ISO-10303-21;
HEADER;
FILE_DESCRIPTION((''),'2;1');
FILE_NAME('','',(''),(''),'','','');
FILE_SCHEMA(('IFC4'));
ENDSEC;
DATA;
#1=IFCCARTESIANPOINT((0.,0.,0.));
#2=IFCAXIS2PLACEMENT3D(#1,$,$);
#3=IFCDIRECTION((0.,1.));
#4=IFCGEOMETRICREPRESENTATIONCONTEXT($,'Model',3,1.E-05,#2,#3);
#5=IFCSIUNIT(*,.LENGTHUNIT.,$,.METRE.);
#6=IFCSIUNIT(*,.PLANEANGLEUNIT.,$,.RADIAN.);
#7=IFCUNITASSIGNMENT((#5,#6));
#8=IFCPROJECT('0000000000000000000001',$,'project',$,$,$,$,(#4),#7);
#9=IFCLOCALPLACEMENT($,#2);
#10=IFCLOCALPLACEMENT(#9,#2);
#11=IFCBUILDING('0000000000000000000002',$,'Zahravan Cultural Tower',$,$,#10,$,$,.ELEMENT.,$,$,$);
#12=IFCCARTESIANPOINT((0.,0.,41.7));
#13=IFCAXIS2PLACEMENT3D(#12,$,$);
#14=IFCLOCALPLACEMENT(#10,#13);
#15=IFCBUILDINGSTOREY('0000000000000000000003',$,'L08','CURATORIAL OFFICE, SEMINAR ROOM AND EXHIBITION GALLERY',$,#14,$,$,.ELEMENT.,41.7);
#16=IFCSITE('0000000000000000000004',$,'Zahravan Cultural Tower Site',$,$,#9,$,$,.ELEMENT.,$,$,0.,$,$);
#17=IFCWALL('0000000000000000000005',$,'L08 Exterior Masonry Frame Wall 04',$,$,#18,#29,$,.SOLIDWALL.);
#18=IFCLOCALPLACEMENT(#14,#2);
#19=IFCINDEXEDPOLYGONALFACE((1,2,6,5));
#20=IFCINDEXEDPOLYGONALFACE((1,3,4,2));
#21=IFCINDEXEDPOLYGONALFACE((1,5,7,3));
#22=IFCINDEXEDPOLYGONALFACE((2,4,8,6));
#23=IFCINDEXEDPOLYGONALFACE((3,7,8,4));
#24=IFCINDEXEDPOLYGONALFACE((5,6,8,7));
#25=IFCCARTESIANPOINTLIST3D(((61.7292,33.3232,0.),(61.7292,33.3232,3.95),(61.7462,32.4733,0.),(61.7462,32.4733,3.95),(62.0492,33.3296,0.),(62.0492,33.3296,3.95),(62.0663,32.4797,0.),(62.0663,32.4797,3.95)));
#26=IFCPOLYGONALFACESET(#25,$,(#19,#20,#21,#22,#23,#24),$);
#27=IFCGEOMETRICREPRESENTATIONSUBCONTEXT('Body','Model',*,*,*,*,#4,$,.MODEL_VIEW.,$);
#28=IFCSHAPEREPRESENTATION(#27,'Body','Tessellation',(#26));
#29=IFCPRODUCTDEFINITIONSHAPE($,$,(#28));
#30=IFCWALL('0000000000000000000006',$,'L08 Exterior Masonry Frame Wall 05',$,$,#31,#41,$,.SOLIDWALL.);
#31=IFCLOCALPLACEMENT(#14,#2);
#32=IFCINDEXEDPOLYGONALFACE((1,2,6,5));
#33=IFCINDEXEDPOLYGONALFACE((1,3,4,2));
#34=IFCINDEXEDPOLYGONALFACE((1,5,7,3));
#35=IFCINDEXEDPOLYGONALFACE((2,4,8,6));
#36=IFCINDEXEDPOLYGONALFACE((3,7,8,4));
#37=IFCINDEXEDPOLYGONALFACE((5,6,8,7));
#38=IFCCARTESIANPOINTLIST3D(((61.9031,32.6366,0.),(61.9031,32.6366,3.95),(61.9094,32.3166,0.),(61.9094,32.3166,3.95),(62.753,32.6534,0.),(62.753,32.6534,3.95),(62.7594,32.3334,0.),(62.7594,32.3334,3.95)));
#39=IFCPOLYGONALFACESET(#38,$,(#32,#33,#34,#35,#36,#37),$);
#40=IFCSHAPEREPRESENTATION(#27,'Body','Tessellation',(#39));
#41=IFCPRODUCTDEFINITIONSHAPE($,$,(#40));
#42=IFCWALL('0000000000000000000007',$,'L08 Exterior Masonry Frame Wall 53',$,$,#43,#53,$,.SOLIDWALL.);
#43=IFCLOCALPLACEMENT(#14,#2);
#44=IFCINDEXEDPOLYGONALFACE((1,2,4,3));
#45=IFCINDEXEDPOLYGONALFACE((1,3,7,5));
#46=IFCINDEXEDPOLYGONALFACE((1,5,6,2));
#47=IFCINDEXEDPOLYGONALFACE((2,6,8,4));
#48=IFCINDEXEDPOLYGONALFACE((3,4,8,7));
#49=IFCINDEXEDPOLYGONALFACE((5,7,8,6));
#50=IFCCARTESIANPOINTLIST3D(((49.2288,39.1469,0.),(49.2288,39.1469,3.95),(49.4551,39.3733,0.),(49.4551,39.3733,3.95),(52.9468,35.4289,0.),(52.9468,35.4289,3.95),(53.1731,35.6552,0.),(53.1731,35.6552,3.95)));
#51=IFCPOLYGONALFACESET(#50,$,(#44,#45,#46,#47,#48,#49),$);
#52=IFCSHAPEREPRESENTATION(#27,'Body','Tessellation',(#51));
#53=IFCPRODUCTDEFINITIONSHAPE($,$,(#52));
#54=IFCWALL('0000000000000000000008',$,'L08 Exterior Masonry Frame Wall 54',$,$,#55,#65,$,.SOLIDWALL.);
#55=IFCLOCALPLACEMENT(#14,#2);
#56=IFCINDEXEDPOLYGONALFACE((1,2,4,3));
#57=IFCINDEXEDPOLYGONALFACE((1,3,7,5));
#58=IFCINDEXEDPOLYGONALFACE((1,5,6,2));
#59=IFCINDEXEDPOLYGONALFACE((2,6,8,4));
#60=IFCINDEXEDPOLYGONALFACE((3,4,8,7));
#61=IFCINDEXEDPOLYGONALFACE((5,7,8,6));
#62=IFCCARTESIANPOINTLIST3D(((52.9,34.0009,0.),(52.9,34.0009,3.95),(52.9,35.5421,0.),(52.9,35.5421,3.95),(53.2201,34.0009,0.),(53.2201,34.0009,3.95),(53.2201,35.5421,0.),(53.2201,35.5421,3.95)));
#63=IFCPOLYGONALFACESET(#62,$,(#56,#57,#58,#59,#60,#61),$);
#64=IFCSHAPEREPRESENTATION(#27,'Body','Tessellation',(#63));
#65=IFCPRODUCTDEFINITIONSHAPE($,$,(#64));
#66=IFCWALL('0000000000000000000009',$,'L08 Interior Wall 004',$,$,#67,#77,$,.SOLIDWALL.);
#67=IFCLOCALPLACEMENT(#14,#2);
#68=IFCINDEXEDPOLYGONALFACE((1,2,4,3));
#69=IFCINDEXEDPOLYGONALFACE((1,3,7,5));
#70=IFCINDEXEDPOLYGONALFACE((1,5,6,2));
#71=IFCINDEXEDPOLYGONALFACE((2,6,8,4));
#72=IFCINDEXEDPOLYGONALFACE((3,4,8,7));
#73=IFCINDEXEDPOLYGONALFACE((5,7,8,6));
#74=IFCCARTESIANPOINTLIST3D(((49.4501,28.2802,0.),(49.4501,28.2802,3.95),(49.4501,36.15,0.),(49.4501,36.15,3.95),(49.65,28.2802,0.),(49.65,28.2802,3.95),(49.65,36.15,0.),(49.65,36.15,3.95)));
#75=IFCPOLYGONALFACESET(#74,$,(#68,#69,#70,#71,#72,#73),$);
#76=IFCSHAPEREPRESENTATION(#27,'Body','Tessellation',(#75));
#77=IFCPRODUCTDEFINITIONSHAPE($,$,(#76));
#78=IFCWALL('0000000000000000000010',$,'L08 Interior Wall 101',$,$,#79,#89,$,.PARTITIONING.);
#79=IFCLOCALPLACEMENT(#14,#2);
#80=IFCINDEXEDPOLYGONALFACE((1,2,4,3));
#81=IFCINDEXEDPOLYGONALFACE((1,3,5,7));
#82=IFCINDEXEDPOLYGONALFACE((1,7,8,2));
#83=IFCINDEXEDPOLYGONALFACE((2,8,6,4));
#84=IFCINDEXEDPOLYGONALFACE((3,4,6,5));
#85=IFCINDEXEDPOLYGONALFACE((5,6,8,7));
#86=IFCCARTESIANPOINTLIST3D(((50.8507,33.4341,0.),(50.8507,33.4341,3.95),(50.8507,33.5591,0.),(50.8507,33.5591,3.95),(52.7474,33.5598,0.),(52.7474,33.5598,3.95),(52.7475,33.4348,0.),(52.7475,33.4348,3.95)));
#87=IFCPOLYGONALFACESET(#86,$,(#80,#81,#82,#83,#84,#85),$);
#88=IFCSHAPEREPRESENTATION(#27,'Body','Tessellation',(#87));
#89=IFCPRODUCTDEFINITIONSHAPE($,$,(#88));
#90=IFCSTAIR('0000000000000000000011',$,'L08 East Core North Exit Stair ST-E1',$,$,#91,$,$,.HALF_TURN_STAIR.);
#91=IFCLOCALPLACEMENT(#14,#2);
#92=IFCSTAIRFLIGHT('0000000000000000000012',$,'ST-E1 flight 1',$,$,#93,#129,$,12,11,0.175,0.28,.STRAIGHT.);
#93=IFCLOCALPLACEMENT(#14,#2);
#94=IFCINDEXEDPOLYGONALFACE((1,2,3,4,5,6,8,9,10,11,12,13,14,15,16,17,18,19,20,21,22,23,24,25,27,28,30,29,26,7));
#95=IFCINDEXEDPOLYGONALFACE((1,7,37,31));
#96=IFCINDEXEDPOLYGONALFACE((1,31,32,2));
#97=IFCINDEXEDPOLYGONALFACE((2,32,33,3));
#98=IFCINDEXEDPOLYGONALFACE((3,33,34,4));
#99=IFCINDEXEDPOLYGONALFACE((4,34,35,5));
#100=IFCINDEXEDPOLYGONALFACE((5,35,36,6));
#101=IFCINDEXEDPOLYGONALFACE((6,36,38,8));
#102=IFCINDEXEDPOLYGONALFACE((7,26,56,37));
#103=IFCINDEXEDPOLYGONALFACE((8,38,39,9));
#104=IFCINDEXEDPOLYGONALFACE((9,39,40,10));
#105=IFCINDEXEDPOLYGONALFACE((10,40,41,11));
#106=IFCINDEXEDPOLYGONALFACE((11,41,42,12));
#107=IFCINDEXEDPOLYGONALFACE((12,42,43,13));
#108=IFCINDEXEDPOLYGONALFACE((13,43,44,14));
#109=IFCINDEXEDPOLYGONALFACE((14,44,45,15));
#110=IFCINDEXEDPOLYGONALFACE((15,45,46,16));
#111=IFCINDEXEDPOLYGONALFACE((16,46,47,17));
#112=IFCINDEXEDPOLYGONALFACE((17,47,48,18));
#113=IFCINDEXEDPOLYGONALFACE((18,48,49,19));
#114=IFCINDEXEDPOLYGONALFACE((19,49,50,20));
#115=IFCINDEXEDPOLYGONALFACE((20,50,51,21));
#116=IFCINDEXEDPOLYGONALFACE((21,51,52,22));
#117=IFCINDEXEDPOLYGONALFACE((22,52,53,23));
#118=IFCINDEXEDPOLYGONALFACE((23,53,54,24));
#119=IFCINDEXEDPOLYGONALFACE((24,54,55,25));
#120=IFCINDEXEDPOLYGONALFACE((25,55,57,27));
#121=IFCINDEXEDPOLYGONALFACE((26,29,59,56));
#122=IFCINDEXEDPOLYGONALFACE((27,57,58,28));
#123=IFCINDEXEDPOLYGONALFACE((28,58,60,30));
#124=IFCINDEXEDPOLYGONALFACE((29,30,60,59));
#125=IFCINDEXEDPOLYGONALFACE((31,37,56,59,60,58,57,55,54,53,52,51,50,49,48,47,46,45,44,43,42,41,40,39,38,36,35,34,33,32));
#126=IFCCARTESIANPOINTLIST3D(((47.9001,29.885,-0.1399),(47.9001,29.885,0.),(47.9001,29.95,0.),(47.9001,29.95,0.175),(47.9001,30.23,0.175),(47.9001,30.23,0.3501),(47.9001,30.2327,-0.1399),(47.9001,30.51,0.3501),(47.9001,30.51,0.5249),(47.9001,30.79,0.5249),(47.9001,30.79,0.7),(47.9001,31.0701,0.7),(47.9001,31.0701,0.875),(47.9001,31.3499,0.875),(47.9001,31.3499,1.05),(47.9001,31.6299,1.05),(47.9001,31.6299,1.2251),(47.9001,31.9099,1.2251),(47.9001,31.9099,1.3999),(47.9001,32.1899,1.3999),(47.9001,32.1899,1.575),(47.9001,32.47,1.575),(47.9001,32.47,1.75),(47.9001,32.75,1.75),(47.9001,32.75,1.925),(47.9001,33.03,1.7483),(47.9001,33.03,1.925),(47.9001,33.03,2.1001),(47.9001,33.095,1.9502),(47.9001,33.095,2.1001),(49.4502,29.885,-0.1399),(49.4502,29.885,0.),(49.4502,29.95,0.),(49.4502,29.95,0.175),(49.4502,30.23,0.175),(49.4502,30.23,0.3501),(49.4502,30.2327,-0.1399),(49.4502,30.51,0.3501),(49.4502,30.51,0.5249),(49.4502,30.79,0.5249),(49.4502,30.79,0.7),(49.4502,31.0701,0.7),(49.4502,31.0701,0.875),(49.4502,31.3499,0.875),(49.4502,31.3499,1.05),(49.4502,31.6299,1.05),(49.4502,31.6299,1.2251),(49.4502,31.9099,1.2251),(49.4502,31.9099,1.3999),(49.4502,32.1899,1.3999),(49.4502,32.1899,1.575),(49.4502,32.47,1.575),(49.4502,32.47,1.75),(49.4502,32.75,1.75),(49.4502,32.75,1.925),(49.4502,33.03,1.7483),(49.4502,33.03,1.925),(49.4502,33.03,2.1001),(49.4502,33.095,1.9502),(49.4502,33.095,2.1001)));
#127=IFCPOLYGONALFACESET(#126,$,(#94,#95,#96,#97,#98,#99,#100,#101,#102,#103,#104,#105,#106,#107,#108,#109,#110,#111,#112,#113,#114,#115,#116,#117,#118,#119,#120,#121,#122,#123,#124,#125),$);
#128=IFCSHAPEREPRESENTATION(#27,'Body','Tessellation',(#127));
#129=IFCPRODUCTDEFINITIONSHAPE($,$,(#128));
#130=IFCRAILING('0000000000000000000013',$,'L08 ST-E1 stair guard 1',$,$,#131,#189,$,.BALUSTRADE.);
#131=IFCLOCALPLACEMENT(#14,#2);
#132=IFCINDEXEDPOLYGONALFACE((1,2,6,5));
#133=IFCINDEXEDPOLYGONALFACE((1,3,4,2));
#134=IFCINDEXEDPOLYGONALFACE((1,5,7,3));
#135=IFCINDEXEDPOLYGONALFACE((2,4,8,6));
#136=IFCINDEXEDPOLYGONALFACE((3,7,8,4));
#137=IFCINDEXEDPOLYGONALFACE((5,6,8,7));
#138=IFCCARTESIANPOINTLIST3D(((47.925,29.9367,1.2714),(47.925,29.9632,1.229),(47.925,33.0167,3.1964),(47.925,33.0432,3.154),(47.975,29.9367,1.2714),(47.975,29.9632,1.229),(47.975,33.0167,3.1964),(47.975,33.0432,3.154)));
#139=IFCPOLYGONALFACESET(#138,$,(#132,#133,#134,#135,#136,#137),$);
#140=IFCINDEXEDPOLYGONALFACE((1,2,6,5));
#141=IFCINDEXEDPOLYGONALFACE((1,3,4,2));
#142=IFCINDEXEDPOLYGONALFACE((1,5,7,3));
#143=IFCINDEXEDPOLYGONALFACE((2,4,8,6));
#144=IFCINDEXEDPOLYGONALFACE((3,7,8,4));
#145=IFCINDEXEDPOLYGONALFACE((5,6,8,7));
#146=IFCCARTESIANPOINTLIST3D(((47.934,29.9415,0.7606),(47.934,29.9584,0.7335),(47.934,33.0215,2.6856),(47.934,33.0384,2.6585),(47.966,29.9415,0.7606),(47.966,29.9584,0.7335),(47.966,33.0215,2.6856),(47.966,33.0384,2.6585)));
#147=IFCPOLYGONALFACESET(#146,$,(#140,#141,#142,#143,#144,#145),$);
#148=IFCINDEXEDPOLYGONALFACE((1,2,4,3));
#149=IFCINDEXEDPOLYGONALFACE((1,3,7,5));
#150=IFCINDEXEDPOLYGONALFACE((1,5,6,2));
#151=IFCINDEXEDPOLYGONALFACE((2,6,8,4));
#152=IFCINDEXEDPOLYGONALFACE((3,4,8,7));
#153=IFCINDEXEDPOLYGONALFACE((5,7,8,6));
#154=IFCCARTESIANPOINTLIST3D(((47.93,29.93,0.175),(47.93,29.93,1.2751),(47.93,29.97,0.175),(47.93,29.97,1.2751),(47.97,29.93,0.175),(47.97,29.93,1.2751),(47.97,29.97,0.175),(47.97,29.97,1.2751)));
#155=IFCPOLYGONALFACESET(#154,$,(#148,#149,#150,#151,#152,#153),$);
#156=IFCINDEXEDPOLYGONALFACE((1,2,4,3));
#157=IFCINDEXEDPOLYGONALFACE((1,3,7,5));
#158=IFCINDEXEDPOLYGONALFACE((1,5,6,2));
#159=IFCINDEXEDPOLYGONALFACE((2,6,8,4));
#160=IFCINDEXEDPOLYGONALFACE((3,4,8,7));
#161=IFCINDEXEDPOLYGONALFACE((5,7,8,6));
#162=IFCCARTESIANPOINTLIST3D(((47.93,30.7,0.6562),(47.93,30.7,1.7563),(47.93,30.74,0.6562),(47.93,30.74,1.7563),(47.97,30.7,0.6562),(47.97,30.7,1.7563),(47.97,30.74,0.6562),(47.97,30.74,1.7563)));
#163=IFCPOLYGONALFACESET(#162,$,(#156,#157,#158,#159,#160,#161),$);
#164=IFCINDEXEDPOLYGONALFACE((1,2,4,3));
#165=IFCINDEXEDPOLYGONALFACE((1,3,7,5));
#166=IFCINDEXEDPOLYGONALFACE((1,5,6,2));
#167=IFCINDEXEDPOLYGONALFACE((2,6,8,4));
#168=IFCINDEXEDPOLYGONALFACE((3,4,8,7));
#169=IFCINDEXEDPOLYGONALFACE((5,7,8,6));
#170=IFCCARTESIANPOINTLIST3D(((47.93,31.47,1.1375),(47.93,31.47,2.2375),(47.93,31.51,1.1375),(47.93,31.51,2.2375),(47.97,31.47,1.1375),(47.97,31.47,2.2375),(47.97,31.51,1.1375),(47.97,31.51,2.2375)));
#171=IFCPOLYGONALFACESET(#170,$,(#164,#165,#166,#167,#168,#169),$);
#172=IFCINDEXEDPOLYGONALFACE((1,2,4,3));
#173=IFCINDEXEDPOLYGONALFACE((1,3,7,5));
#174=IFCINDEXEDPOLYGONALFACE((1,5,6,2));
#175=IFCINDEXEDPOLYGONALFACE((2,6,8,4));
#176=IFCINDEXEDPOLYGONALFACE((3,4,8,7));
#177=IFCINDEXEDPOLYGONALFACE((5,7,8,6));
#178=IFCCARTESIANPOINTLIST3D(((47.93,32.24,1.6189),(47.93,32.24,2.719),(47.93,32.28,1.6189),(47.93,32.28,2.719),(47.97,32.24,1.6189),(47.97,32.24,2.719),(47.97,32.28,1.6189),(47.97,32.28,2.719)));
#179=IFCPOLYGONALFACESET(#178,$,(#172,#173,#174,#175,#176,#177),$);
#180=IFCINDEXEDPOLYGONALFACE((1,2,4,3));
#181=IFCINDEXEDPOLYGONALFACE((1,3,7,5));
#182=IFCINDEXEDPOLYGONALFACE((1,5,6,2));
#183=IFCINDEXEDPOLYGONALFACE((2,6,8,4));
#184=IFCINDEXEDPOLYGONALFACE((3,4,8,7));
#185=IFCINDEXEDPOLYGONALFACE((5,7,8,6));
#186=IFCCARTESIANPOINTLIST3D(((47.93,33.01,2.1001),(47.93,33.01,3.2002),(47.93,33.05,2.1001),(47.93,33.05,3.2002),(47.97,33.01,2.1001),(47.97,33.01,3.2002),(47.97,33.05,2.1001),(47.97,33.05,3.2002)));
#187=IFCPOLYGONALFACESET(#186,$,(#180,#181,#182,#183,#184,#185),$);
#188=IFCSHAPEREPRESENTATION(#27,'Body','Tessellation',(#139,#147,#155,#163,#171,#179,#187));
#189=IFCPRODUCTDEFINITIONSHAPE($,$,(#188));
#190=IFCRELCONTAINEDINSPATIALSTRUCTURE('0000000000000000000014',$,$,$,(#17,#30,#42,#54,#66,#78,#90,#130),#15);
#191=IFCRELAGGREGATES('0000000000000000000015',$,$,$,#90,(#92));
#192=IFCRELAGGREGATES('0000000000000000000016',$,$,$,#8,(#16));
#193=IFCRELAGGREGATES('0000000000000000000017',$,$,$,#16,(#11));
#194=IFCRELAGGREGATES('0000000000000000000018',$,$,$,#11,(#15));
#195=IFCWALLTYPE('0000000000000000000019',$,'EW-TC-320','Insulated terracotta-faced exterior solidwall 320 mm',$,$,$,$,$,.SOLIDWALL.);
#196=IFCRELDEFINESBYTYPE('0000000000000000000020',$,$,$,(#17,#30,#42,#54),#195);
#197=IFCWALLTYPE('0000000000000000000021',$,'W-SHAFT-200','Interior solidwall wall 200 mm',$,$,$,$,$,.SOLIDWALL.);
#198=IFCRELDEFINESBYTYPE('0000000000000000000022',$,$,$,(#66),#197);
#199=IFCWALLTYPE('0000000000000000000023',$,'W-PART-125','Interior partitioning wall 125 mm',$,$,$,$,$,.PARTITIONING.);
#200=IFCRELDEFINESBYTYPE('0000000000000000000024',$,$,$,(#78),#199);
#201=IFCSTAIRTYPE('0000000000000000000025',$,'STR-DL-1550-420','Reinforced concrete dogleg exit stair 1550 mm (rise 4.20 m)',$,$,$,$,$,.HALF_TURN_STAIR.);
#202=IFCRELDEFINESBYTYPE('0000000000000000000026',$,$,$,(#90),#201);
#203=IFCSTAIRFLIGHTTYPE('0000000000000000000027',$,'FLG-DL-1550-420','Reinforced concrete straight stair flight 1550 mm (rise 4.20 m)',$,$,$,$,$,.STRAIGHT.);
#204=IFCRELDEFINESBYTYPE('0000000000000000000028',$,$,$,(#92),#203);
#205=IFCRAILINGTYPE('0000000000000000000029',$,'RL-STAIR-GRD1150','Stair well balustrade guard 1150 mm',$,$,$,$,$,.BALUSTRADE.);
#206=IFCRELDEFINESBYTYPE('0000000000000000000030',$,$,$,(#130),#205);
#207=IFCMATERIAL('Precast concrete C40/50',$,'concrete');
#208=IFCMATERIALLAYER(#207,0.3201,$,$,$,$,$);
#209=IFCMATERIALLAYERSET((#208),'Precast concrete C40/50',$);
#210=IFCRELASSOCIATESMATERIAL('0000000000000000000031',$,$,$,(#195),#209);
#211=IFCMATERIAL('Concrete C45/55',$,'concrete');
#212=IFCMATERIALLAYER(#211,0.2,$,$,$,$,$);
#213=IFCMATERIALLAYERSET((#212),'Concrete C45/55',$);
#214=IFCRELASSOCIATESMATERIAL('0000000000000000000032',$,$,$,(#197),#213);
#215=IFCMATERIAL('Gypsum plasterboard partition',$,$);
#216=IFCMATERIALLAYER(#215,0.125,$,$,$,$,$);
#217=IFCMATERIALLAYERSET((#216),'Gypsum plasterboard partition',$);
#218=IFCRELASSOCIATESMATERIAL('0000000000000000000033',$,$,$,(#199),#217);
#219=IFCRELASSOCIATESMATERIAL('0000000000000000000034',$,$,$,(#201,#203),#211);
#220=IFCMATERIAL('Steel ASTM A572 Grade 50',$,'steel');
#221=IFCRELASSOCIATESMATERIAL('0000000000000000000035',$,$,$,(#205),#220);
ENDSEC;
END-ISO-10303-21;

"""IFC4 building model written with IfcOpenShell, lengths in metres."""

from ifc_helpers import new_model, si_unit, direction, frame, frame_2d, origin, origin_2d, place, context, subcontext, project, spatial, polyline, rectangle, outline, extrude, source, transform, mapped, material, layer, layer_set, type_object, element, aggregate, save


model = new_model("IFC4")

# Units and contexts
model_context = context("Model", 3, precision=1e-05, world=origin(), true_north=direction((0.0, 1.0)))
body_context = subcontext(model_context, "Body", "Model", "MODEL_VIEW")
ifc_project = project(units=[si_unit("LENGTHUNIT", "METRE"), si_unit("PLANEANGLEUNIT", "RADIAN")], contexts=[model_context])

# Site, building, storey
site_placement = place(None, origin())
site = spatial("IfcSite", under=ifc_project, at=site_placement, Name="Zahravan Cultural Tower Site", CompositionType="ELEMENT", RefElevation=0.0)
building_placement = place(site_placement, origin())
building = spatial("IfcBuilding", under=site, at=building_placement, Name="Zahravan Cultural Tower", CompositionType="ELEMENT")
storey_placement = place(building_placement, frame((0.0, 0.0, 41.7)))
storey = spatial("IfcBuildingStorey", under=building, at=storey_placement, Name="L08", Description="CURATORIAL OFFICE, SEMINAR ROOM AND EXHIBITION GALLERY", CompositionType="ELEMENT", Elevation=41.7)

# Shared definitions
ifc_material_1 = material(Name="Steel ASTM A572 Grade 50", Category="steel")

# Shared definitions
ifc_material_2 = material(Name="Precast concrete C40/50", Category="concrete")
ifc_layer_1 = layer(ifc_material_2, 0.3201)
ifc_layer_set_1 = layer_set([ifc_layer_1], Name="Precast concrete C40/50")
wall_type_1 = type_object("IfcWallType", Name="EW-TC-320", Description="Insulated terracotta-faced exterior solidwall 320 mm", PredefinedType="SOLIDWALL", material=ifc_layer_set_1)

# Walls
shared_shape_1 = source(origin(), body_context, "Body", "SweptSolid", [
    extrude(rectangle(XDim=0.8501, YDim=0.3201, at=frame_2d((0.425, 0.0))), origin(), (0.0, 0.0, 1.0), 3.95),
])
for number, where, z_axis, x_axis, name in (
    (1, (61.8892, 33.3264, 0.0), (0.0, 0.0, 1.0), (0.020105, -0.999798, 0.0), "L08 Exterior Masonry Frame Wall 04"),
    (2, (61.9062, 32.4766, 0.0), (0.0, 0.0, 1.0), (0.999804, 0.019818, 0.0), "L08 Exterior Masonry Frame Wall 05"),
):
    element("IfcWall", number, at=place(storey_placement, frame(where, z_axis=z_axis, x_axis=x_axis)), inside=storey, type_object=wall_type_1, Name=name, PredefinedType="SOLIDWALL", context=body_context, shape_type="MappedRepresentation", body=[
        mapped(shared_shape_1, transform((0.0, 0.0, 0.0), x_axis=(1.0, 0.0, 0.0), y_axis=(0.0, 1.0, 0.0), z_axis=(0.0, 0.0, 1.0), scale=1.0)),
    ])
shared_shape_2 = source(origin(), body_context, "Body", "SweptSolid", [
    extrude(rectangle(XDim=5.2581, YDim=0.3201, at=frame_2d((2.6289, 0.0))), origin(), (0.0, 0.0, 1.0), 3.95),
])
wall_1_placement = place(storey_placement, frame((49.342, 39.26, 0.0), z_axis=(0.0, 0.0, 1.0), x_axis=(0.707107, -0.707107, 0.0)))
element("IfcWall", 3, at=wall_1_placement, inside=storey, type_object=wall_type_1, Name="L08 Exterior Masonry Frame Wall 53", PredefinedType="SOLIDWALL", context=body_context, shape_type="MappedRepresentation", body=[
    mapped(shared_shape_2, transform((0.0, 0.0, 0.0), x_axis=(1.0, 0.0, 0.0), y_axis=(0.0, 1.0, 0.0), z_axis=(0.0, 0.0, 1.0), scale=1.0)),
])
shared_shape_3 = source(origin(), body_context, "Body", "SweptSolid", [
    extrude(rectangle(XDim=1.5413, YDim=0.3201, at=frame_2d((0.7705, 0.0))), origin(), (0.0, 0.0, 1.0), 3.95),
])
wall_2_placement = place(storey_placement, frame((53.0601, 35.542, 0.0), z_axis=(0.0, 0.0, 1.0), x_axis=(0.0, -1.0, 0.0)))
element("IfcWall", 4, at=wall_2_placement, inside=storey, type_object=wall_type_1, Name="L08 Exterior Masonry Frame Wall 54", PredefinedType="SOLIDWALL", context=body_context, shape_type="MappedRepresentation", body=[
    mapped(shared_shape_3, transform((0.0, 0.0, 0.0), x_axis=(1.0, 0.0, 0.0), y_axis=(0.0, 1.0, 0.0), z_axis=(0.0, 0.0, 1.0), scale=1.0)),
])
ifc_material_3 = material(Name="Concrete C45/55", Category="concrete")
ifc_layer_2 = layer(ifc_material_3, 0.2)
ifc_layer_set_2 = layer_set([ifc_layer_2], Name="Concrete C45/55")
wall_type_2 = type_object("IfcWallType", Name="W-SHAFT-200", Description="Interior solidwall wall 200 mm", PredefinedType="SOLIDWALL", material=ifc_layer_set_2)
shared_shape_4 = source(origin(), body_context, "Body", "SweptSolid", [
    extrude(rectangle(XDim=7.8699, YDim=0.2, at=frame_2d((3.9351, 0.0))), origin(), (0.0, 0.0, 1.0), 3.95),
])
wall_3_placement = place(storey_placement, frame((49.55, 28.28, 0.0), z_axis=(0.0, 0.0, 1.0), x_axis=(0.0, 1.0, 0.0)))
element("IfcWall", 5, at=wall_3_placement, inside=storey, type_object=wall_type_2, Name="L08 Interior Wall 004", PredefinedType="SOLIDWALL", context=body_context, shape_type="MappedRepresentation", body=[
    mapped(shared_shape_4, transform((0.0, 0.0, 0.0), x_axis=(1.0, 0.0, 0.0), y_axis=(0.0, 1.0, 0.0), z_axis=(0.0, 0.0, 1.0), scale=1.0)),
])
ifc_material_4 = material(Name="Gypsum plasterboard partition")
ifc_layer_3 = layer(ifc_material_4, 0.125)
ifc_layer_set_3 = layer_set([ifc_layer_3], Name="Gypsum plasterboard partition")
wall_type_3 = type_object("IfcWallType", Name="W-PART-125", Description="Interior partitioning wall 125 mm", PredefinedType="PARTITIONING", material=ifc_layer_set_3)
shared_shape_5 = source(origin(), body_context, "Body", "SweptSolid", [
    extrude(rectangle(XDim=1.8967, YDim=0.125, at=frame_2d((0.9482, 0.0))), origin(), (0.0, 0.0, 1.0), 3.95),
])
wall_4_placement = place(storey_placement, frame((52.7473, 33.4973, 0.0), z_axis=(0.0, 0.0, 1.0), x_axis=(-1.0, -0.000386, 0.0)))
element("IfcWall", 6, at=wall_4_placement, inside=storey, type_object=wall_type_3, Name="L08 Interior Wall 101", PredefinedType="PARTITIONING", context=body_context, shape_type="MappedRepresentation", body=[
    mapped(shared_shape_5, transform((0.0, 0.0, 0.0), x_axis=(1.0, 0.0, 0.0), y_axis=(0.0, 1.0, 0.0), z_axis=(0.0, 0.0, 1.0), scale=1.0)),
])

# Stair, stair flight
stair_type = type_object("IfcStairType", Name="STR-DL-1550-420", Description="Reinforced concrete dogleg exit stair 1550 mm (rise 4.20 m)", PredefinedType="HALF_TURN_STAIR", material=ifc_material_3)
stair_placement = place(storey_placement, origin())
stair = element("IfcStair", 7, at=stair_placement, inside=storey, type_object=stair_type, Name="L08 East Core North Exit Stair ST-E1", PredefinedType="HALF_TURN_STAIR")
stair_flight_type = type_object("IfcStairFlightType", Name="FLG-DL-1550-420", Description="Reinforced concrete straight stair flight 1550 mm (rise 4.20 m)", PredefinedType="STRAIGHT", material=ifc_material_3)
stair_flight_placement = place(storey_placement, frame((48.675, 29.95, 0.0), z_axis=(0.0, 0.0, 1.0), x_axis=(0.0, 1.0, 0.0)))
stair_flight = element("IfcStairFlight", 8, at=stair_flight_placement, type_object=stair_flight_type, Name="ST-E1 flight 1", NumberOfRisers=12, NumberOfTreads=11, PredefinedType="STRAIGHT", RiserHeight=0.175, TreadLength=0.28, context=body_context, shape_type="SweptSolid", body=[
    extrude(outline(polyline([(-0.0649, -0.1399), (-0.0649, 0.0), (0.0, 0.0), (0.0, 0.175), (0.28, 0.175), (0.28, 0.3501), (0.5601, 0.3501), (0.5601, 0.5249), (0.8401, 0.5249), (0.8401, 0.7), (1.1201, 0.7), (1.1201, 0.875), (1.3999, 0.875), (1.3999, 1.05), (1.6799, 1.05), (1.6799, 1.2251), (1.96, 1.2251), (1.96, 1.3999), (2.24, 1.3999), (2.24, 1.575), (2.52, 1.575), (2.52, 1.75), (2.8, 1.75), (2.8, 1.925), (3.0801, 1.925), (3.0801, 2.1001), (3.145, 2.1001), (3.145, 1.9502), (3.0801, 1.7483), (0.2827, -0.1399), (-0.0649, -0.1399)])), frame((0.0, 0.7749, 0.0), z_axis=(0.0, -1.0, 0.0), x_axis=(1.0, 0.0, 0.0)), (0.0, 0.0, 1.0), 1.55),
])
aggregate(stair, [stair_flight])

# Railing
railing_type_1 = type_object("IfcRailingType", Name="RL-STAIR-GRD1150", Description="Stair well balustrade guard 1150 mm", PredefinedType="BALUSTRADE", material=ifc_material_1)
railing_1_placement = place(storey_placement, frame((47.95, 29.95, 0.175)))
element("IfcRailing", 9, at=railing_1_placement, inside=storey, type_object=railing_type_1, Name="L08 ST-E1 stair guard 1", PredefinedType="BALUSTRADE", context=body_context, shape_type="SweptSolid", body=[
    extrude(rectangle(XDim=0.05, YDim=0.05, at=origin_2d()), frame((0.0, 0.0, 1.0752), z_axis=(0.0, 0.847998, 0.529999), x_axis=(-1.0, 0.0, 0.0)), (0.0, 0.0, 1.0), 3.6321),
    extrude(rectangle(XDim=0.032, YDim=0.032, at=origin_2d()), frame((0.0, 0.0, 0.572), z_axis=(0.0, 0.847998, 0.529999), x_axis=(-1.0, 0.0, 0.0)), (0.0, 0.0, 1.0), 3.6321),
    extrude(rectangle(XDim=0.04, YDim=0.04, at=origin_2d()), origin(), (0.0, 0.0, 1.0), 1.1001),
    extrude(rectangle(XDim=0.04, YDim=0.04, at=origin_2d()), frame((0.0, 0.77, 0.4812)), (0.0, 0.0, 1.0), 1.1001),
    extrude(rectangle(XDim=0.04, YDim=0.04, at=origin_2d()), frame((0.0, 1.54, 0.9624)), (0.0, 0.0, 1.0), 1.1001),
    extrude(rectangle(XDim=0.04, YDim=0.04, at=origin_2d()), frame((0.0, 2.3101, 1.4438)), (0.0, 0.0, 1.0), 1.1001),
    extrude(rectangle(XDim=0.04, YDim=0.04, at=origin_2d()), frame((0.0, 3.0801, 1.925)), (0.0, 0.0, 1.0), 1.1001),
])

save(model, "model.ifc")
